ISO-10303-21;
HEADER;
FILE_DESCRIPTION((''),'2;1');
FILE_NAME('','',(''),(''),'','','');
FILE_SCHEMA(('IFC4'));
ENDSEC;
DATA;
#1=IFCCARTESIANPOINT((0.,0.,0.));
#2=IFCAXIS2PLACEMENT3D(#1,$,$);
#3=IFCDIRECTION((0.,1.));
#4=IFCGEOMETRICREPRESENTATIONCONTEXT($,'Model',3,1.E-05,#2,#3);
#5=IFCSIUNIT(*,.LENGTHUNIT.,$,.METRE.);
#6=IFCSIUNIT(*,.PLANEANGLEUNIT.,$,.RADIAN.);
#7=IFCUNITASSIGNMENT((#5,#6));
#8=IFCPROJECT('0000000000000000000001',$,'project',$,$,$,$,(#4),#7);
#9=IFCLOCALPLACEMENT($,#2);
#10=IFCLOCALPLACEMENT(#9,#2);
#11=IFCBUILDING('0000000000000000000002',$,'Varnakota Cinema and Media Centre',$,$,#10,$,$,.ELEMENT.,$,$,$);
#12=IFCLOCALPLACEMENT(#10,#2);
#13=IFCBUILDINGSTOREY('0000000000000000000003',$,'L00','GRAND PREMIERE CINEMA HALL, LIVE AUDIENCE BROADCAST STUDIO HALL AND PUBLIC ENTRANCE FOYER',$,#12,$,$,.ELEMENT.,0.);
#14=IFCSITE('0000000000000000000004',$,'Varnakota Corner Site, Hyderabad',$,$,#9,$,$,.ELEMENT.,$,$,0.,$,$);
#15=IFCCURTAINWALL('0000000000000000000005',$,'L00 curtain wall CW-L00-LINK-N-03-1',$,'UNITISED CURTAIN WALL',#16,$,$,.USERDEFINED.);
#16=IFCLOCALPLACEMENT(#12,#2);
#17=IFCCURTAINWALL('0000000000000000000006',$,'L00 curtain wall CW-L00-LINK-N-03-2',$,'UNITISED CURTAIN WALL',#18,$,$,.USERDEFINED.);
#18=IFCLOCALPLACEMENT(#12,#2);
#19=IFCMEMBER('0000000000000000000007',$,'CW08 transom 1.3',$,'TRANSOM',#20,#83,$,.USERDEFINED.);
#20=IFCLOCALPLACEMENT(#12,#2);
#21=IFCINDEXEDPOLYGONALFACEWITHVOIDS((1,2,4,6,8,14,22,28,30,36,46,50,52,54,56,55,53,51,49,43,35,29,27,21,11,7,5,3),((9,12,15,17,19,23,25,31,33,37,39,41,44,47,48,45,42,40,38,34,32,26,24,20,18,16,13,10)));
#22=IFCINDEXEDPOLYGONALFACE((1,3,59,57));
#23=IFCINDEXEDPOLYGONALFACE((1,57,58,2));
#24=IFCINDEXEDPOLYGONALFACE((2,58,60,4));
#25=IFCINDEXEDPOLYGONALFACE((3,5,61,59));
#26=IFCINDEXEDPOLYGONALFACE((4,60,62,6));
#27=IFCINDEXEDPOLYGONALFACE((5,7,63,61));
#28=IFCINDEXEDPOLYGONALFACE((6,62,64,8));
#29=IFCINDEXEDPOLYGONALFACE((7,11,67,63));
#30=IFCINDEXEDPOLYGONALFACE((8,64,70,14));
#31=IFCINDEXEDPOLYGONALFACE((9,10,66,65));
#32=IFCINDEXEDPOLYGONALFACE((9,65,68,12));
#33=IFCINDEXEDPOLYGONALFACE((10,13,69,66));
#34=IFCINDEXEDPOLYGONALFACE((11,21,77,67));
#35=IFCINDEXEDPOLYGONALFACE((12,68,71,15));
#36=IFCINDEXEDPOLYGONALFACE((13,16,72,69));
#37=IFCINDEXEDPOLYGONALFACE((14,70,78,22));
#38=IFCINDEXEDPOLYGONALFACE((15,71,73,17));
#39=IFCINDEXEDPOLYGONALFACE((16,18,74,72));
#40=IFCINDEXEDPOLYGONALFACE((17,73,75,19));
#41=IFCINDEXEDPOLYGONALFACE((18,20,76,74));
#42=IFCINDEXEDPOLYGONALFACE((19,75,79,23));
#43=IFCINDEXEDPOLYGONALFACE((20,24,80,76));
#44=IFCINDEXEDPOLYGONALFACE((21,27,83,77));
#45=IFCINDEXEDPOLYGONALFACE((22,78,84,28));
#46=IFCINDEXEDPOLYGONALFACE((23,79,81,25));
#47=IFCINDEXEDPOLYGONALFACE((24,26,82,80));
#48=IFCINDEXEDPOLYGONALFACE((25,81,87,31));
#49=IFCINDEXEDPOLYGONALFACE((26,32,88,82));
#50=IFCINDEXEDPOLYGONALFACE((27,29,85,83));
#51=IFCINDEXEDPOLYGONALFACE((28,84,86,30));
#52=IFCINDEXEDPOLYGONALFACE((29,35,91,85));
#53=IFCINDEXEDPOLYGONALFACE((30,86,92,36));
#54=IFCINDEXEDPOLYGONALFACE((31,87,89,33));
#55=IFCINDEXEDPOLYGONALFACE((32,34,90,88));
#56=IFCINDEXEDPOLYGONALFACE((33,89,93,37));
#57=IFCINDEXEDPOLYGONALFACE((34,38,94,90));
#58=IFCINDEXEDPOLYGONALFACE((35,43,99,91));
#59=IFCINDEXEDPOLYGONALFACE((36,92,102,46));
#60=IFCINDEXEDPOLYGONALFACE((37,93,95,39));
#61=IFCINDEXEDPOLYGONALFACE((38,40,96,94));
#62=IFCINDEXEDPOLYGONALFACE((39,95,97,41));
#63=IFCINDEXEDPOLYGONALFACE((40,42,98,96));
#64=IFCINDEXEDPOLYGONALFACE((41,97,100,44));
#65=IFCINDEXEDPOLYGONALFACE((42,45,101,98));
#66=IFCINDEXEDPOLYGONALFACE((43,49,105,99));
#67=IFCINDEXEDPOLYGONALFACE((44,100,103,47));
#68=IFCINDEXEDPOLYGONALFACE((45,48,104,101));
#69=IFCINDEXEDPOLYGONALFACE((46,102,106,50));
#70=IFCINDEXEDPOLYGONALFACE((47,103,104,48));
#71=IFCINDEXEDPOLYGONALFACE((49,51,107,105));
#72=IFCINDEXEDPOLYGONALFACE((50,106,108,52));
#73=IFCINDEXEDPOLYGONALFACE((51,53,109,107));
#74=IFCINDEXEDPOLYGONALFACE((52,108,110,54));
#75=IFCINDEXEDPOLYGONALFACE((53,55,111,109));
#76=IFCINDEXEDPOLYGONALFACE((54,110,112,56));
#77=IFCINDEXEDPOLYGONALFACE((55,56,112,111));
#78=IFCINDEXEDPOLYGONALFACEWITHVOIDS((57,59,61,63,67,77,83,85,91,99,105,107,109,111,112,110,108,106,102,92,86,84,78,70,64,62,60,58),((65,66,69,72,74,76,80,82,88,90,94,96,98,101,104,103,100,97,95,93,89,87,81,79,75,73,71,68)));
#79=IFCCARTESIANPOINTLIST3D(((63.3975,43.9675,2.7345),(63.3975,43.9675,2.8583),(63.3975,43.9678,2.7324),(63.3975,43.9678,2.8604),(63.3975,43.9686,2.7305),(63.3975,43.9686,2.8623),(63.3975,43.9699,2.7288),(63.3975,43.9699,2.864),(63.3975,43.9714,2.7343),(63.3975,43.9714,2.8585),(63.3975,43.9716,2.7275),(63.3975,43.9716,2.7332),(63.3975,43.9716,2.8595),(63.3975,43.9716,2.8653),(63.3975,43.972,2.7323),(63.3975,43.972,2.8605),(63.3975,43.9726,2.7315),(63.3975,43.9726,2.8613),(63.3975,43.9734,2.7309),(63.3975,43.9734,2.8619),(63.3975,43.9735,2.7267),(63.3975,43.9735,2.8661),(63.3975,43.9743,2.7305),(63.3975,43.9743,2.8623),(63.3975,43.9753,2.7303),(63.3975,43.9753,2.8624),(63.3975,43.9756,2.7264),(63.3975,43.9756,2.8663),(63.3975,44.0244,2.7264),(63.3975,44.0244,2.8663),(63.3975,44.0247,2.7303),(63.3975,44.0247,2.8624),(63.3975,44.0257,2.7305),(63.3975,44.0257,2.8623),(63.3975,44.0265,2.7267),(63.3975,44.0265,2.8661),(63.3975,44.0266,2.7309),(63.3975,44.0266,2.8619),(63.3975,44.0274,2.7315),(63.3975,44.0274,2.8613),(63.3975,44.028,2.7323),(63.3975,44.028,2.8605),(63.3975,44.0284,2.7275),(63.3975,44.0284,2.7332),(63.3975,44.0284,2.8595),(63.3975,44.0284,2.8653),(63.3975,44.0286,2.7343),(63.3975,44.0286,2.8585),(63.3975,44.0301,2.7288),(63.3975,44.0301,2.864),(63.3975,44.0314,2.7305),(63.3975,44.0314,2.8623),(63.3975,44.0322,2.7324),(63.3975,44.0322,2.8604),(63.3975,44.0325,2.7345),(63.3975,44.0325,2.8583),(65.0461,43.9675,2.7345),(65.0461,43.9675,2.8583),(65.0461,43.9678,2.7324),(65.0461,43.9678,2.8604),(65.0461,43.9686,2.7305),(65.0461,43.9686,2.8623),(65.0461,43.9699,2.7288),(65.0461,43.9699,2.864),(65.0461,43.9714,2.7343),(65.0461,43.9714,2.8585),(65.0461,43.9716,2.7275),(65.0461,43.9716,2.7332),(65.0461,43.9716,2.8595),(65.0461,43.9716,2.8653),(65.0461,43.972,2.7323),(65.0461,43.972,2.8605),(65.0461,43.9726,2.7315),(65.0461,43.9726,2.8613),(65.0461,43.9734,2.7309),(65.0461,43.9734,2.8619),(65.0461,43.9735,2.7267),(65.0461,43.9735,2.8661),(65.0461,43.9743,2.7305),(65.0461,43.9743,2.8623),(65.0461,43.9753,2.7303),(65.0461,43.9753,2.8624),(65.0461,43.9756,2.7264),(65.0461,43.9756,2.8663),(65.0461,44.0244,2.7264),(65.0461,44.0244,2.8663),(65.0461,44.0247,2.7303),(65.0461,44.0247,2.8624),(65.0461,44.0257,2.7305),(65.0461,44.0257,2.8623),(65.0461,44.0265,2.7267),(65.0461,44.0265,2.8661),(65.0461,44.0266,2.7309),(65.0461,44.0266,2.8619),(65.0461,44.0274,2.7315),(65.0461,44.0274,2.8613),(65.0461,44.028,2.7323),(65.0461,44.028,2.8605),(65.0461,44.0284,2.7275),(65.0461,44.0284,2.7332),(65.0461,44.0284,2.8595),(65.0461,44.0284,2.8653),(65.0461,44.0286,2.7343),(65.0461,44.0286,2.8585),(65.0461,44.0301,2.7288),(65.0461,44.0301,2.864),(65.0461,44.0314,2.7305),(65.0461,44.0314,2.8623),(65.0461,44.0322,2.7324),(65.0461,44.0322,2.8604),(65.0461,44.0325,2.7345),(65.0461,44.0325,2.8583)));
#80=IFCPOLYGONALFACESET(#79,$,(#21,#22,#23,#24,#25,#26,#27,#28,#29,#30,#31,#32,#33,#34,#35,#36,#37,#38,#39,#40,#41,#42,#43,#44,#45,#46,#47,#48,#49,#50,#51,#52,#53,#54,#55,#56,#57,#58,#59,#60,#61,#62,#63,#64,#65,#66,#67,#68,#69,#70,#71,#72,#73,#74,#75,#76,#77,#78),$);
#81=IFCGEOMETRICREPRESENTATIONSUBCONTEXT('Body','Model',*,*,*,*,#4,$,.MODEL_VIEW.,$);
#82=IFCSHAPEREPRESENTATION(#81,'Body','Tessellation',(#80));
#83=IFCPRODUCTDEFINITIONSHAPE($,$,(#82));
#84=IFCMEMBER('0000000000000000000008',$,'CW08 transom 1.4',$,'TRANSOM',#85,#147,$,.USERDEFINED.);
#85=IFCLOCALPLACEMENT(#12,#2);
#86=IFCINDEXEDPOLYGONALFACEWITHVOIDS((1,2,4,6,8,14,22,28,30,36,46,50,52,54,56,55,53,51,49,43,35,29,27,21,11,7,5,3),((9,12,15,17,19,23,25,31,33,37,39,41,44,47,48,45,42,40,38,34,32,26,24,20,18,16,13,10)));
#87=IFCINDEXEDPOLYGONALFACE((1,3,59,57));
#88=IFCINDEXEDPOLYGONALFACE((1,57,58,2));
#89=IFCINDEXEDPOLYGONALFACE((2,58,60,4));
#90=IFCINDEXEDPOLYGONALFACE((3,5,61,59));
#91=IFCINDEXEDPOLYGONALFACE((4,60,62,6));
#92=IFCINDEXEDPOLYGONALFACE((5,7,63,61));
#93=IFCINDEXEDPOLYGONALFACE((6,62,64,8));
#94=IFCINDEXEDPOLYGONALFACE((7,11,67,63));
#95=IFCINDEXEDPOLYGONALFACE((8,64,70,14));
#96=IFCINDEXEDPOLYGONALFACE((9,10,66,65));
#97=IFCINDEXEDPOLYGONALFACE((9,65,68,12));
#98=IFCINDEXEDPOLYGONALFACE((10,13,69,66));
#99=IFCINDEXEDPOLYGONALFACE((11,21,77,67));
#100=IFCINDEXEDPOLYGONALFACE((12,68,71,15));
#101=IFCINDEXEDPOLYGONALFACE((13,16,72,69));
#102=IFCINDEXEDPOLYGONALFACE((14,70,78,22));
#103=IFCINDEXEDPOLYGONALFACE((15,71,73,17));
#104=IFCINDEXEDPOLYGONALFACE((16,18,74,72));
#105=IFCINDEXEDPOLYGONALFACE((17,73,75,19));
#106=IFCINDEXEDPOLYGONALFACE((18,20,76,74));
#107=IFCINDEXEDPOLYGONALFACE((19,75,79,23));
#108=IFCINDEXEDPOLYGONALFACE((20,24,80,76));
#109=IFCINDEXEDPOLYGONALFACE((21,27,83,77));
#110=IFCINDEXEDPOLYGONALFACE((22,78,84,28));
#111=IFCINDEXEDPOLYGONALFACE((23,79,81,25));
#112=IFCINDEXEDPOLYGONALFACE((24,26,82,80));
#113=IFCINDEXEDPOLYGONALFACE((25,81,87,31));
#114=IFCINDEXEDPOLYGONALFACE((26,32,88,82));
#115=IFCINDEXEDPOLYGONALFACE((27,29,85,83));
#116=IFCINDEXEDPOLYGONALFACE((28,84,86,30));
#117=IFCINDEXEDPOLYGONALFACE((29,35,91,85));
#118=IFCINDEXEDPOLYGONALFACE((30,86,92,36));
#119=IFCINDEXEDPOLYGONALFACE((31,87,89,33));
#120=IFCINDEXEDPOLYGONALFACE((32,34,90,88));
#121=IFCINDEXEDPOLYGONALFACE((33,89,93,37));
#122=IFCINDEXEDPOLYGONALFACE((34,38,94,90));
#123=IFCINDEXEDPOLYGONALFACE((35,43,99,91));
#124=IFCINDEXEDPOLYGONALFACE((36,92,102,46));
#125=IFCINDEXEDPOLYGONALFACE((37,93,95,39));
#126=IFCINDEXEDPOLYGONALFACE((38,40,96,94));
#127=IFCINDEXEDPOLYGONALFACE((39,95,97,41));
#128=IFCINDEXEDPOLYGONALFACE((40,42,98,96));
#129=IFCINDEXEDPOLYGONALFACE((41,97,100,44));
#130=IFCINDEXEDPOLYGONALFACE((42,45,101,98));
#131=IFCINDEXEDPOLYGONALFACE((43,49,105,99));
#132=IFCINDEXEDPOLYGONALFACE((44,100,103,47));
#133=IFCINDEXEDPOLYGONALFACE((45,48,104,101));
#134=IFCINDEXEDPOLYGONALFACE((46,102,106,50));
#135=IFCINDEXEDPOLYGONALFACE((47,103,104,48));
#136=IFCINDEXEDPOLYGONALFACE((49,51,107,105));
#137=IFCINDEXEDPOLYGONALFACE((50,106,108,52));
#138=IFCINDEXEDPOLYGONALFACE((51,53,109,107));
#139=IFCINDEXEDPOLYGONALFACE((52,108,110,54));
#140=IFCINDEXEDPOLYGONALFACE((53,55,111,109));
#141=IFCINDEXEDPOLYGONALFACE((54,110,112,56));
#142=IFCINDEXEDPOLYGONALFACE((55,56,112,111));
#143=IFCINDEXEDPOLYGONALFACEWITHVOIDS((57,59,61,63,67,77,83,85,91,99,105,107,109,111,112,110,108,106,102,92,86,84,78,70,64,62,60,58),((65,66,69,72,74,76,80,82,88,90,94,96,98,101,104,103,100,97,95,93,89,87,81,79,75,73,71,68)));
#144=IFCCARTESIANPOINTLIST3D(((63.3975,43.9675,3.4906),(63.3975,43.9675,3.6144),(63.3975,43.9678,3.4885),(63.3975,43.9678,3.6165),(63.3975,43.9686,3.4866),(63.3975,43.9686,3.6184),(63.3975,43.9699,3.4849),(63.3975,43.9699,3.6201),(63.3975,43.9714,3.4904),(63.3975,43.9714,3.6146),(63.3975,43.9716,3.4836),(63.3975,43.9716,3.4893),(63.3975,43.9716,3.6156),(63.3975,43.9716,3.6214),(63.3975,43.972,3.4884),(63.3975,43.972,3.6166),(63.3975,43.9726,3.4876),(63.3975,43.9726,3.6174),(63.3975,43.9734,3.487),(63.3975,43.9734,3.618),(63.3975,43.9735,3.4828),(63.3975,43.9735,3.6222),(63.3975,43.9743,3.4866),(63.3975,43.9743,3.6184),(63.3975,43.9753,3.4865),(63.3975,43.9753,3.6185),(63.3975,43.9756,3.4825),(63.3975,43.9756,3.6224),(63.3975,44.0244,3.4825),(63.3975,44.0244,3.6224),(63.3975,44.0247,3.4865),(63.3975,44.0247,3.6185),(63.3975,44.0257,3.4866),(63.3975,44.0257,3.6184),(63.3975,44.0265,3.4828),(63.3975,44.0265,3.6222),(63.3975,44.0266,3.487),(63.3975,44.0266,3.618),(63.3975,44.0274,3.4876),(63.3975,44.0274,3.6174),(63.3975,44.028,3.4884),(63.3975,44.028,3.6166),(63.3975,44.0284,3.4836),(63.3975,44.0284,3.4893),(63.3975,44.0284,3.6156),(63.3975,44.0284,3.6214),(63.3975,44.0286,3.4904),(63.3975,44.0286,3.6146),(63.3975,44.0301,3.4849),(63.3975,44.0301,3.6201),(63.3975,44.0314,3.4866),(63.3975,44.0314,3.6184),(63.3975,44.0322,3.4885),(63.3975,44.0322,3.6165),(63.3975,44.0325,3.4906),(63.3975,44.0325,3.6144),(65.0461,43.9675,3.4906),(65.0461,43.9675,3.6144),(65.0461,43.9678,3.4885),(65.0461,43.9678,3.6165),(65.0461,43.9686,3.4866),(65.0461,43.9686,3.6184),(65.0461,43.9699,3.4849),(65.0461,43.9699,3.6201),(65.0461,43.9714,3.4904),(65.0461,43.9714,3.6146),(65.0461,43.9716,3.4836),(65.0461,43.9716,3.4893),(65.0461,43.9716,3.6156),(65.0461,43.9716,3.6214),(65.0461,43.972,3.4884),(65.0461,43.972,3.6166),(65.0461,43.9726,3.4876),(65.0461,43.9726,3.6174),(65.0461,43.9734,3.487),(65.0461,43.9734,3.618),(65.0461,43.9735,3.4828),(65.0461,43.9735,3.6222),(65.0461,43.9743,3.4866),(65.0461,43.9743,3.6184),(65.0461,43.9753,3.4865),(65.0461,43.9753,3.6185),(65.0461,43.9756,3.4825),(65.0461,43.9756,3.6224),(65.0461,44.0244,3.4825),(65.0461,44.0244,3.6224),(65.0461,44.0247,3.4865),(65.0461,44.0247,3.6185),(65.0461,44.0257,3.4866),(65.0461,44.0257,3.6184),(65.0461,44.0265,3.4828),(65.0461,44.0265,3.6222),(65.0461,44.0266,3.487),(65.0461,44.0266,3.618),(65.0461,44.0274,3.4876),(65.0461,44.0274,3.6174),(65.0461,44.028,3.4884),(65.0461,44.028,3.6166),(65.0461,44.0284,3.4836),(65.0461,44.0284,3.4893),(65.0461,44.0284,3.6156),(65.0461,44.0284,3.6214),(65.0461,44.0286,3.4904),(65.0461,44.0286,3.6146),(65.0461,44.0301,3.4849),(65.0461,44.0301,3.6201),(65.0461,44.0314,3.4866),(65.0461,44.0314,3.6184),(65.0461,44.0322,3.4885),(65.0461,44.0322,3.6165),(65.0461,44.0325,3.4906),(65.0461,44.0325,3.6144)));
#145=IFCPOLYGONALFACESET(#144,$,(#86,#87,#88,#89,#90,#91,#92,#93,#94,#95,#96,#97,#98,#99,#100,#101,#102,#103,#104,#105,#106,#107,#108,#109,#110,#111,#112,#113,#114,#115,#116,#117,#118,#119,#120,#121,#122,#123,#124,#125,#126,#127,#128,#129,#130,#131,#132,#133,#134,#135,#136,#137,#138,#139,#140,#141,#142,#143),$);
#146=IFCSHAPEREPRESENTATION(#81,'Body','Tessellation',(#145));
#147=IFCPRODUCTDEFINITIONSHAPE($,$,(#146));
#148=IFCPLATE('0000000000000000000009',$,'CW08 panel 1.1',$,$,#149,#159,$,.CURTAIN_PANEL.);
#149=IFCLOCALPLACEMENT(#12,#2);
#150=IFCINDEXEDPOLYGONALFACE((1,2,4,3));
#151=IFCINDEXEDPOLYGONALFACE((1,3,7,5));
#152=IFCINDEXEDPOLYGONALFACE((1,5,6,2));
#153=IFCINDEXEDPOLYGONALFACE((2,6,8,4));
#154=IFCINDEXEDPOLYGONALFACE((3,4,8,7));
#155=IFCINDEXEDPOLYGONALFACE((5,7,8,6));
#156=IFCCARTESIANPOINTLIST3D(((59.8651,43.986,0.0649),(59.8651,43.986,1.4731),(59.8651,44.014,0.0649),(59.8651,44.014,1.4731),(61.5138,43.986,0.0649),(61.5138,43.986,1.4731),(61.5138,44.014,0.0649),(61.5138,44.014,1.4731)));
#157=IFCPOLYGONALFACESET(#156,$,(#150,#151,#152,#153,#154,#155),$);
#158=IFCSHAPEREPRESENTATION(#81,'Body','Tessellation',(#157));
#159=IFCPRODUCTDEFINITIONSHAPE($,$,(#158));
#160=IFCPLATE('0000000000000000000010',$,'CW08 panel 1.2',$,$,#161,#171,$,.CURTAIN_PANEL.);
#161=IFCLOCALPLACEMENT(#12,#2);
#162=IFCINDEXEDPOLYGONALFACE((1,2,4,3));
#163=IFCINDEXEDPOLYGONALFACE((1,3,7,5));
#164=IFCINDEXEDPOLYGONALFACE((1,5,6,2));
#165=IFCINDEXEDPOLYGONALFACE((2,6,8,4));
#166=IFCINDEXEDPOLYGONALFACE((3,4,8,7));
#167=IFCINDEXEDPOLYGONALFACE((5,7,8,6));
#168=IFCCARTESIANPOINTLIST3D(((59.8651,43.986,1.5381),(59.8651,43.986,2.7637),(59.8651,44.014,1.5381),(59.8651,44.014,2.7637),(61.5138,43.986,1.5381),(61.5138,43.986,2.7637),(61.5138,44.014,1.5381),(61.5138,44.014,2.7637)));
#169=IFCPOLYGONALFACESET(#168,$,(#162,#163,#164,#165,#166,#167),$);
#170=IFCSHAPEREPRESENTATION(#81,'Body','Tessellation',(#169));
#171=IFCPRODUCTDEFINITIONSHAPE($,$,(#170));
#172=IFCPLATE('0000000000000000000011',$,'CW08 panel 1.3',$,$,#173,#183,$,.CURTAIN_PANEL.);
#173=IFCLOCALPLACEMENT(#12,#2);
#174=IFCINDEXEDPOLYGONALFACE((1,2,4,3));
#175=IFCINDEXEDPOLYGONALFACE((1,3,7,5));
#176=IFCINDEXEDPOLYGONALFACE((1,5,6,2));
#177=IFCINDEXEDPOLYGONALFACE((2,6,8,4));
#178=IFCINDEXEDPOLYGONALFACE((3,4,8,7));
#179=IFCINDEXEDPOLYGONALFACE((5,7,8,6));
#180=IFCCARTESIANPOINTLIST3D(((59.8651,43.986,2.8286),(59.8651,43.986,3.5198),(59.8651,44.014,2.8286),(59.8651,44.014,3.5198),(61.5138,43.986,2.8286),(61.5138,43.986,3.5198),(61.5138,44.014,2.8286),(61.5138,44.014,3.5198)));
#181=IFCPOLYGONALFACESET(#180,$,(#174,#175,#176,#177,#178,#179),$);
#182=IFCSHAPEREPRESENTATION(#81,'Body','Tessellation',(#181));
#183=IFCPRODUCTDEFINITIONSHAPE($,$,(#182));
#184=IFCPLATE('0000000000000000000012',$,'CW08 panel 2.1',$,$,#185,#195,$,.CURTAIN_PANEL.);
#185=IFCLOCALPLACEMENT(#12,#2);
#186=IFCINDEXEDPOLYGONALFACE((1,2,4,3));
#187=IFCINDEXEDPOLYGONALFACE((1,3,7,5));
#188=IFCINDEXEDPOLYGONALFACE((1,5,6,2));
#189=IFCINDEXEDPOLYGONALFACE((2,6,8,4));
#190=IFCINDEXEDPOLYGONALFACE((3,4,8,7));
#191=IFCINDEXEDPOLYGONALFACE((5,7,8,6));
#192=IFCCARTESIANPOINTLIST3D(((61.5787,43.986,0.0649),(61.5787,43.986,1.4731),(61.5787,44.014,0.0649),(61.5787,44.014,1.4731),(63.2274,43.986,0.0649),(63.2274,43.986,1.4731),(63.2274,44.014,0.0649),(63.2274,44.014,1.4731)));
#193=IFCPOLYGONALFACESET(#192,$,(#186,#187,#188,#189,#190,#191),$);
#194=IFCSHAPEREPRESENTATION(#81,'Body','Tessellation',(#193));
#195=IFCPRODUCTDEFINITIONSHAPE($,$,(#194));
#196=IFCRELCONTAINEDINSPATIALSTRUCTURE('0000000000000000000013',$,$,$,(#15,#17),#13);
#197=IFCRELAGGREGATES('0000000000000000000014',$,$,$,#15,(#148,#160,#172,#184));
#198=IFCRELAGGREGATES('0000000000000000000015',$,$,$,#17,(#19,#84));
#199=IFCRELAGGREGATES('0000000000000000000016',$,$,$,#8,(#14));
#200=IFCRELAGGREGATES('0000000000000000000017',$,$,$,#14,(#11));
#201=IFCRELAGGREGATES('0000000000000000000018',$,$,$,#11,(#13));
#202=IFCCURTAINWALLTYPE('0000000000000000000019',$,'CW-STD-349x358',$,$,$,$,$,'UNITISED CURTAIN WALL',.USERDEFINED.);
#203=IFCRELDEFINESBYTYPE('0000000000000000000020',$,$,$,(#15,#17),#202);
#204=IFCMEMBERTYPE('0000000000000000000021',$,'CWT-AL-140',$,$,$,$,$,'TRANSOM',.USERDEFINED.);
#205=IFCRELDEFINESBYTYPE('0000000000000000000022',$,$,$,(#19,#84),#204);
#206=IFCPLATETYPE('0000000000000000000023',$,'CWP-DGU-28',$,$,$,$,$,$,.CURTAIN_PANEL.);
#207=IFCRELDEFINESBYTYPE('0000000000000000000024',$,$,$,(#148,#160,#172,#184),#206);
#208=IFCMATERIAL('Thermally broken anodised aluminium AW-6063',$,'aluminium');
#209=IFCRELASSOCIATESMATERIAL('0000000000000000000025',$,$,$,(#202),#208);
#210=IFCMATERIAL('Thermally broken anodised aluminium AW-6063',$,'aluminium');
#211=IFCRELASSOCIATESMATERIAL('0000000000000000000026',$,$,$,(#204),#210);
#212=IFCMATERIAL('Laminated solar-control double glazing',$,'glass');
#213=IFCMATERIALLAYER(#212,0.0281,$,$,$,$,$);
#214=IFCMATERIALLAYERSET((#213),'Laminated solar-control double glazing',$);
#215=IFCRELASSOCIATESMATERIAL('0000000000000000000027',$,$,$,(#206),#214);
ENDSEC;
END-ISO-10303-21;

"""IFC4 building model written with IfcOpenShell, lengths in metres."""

from ifc_helpers import new_model, si_unit, direction, frame, origin, origin_2d, place, context, subcontext, project, spatial, rectangle, hollow_rectangle, extrude, material, layer, layer_set, material_profile, profile_set, type_object, element, aggregate, save


model = new_model("IFC4")

# Units and contexts
model_context = context("Model", 3, precision=1e-05, world=origin(), true_north=direction((0.0, 1.0)))
body_context = subcontext(model_context, "Body", "Model", "MODEL_VIEW")
ifc_project = project(units=[si_unit("LENGTHUNIT", "METRE"), si_unit("PLANEANGLEUNIT", "RADIAN")], contexts=[model_context])

# Site, building, storey
site_placement = place(None, origin())
site = spatial("IfcSite", under=ifc_project, at=site_placement, Name="Varnakota Corner Site, Hyderabad", CompositionType="ELEMENT", RefElevation=0.0)
building_placement = place(site_placement, origin())
building = spatial("IfcBuilding", under=site, at=building_placement, Name="Varnakota Cinema and Media Centre", CompositionType="ELEMENT")
storey_placement = place(building_placement, origin())
storey = spatial("IfcBuildingStorey", under=building, at=storey_placement, Name="L00", Description="GRAND PREMIERE CINEMA HALL, LIVE AUDIENCE BROADCAST STUDIO HALL AND PUBLIC ENTRANCE FOYER", CompositionType="ELEMENT", Elevation=0.0)

# Shared definitions
ifc_material_1 = material(Name="Thermally broken anodised aluminium AW-6063", Category="aluminium")
curtain_wall_type = type_object("IfcCurtainWallType", Name="CW-STD-349x358", ElementType="UNITISED CURTAIN WALL", PredefinedType="USERDEFINED", material=ifc_material_1)

# Curtain wall
curtain_wall_1_placement = place(storey_placement, origin())
curtain_wall_1 = element("IfcCurtainWall", 1, at=curtain_wall_1_placement, inside=storey, type_object=curtain_wall_type, Name="L00 curtain wall CW-L00-LINK-N-03-1", ObjectType="UNITISED CURTAIN WALL", PredefinedType="USERDEFINED")

# Curtain wall
curtain_wall_2_placement = place(storey_placement, origin())
curtain_wall_2 = element("IfcCurtainWall", 2, at=curtain_wall_2_placement, inside=storey, type_object=curtain_wall_type, Name="L00 curtain wall CW-L00-LINK-N-03-2", ObjectType="UNITISED CURTAIN WALL", PredefinedType="USERDEFINED")

# Members
ifc_material_2 = material(Name="Thermally broken anodised aluminium AW-6063", Category="aluminium")
ifc_material_profile_1 = material_profile(ifc_material_2, hollow_rectangle(XDim=0.0649, YDim=0.1399, WallThickness=0.0039, InnerFilletRadius=0.0039, OuterFilletRadius=0.0081, at=origin_2d()), Name="AL-TRANSOM 140x65x4")
ifc_profile_set_1 = profile_set([ifc_material_profile_1], Name="Thermally broken anodised aluminium AW-6063")
member_type_1 = type_object("IfcMemberType", Name="CWT-AL-140", ElementType="TRANSOM", PredefinedType="USERDEFINED", material=ifc_profile_set_1)
member_1_placement = place(storey_placement, frame((63.3975, 44.0, 2.7964), z_axis=(1.0, 0.0, 0.0), x_axis=(0.0, 1.0, 0.0)))
member_1 = element("IfcMember", 3, at=member_1_placement, type_object=member_type_1, Name="CW08 transom 1.3", ObjectType="TRANSOM", PredefinedType="USERDEFINED", context=body_context, shape_type="SweptSolid", body=[
    extrude(hollow_rectangle(XDim=0.0649, YDim=0.1399, WallThickness=0.0039, InnerFilletRadius=0.0039, OuterFilletRadius=0.0081, at=origin_2d()), origin(), (0.0, 0.0, 1.0), 1.6487),
])
member_2_placement = place(storey_placement, frame((63.3975, 44.0, 3.5525), z_axis=(1.0, 0.0, 0.0), x_axis=(0.0, 1.0, 0.0)))
member_2 = element("IfcMember", 4, at=member_2_placement, type_object=member_type_1, Name="CW08 transom 1.4", ObjectType="TRANSOM", PredefinedType="USERDEFINED", context=body_context, shape_type="SweptSolid", body=[
    extrude(hollow_rectangle(XDim=0.0649, YDim=0.1399, WallThickness=0.0039, InnerFilletRadius=0.0039, OuterFilletRadius=0.0081, at=origin_2d()), origin(), (0.0, 0.0, 1.0), 1.6487),
])

# Plates
ifc_material_3 = material(Name="Laminated solar-control double glazing", Category="glass")
ifc_layer = layer(ifc_material_3, 0.0281)
ifc_layer_set = layer_set([ifc_layer], Name="Laminated solar-control double glazing")
plate_type = type_object("IfcPlateType", Name="CWP-DGU-28", PredefinedType="CURTAIN_PANEL", material=ifc_layer_set)
plate_1_placement = place(storey_placement, frame((60.6895, 44.0, 0.0649), z_axis=(0.0, 0.0, 1.0), x_axis=(1.0, 0.0, 0.0)))
plate_1 = element("IfcPlate", 5, at=plate_1_placement, type_object=plate_type, Name="CW08 panel 1.1", PredefinedType="CURTAIN_PANEL", context=body_context, shape_type="SweptSolid", body=[
    extrude(rectangle(XDim=1.6487, YDim=0.0281, at=origin_2d()), origin(), (0.0, 0.0, 1.0), 1.4082),
])
plate_2_placement = place(storey_placement, frame((60.6895, 44.0, 1.5381), z_axis=(0.0, 0.0, 1.0), x_axis=(1.0, 0.0, 0.0)))
plate_2 = element("IfcPlate", 6, at=plate_2_placement, type_object=plate_type, Name="CW08 panel 1.2", PredefinedType="CURTAIN_PANEL", context=body_context, shape_type="SweptSolid", body=[
    extrude(rectangle(XDim=1.6487, YDim=0.0281, at=origin_2d()), origin(), (0.0, 0.0, 1.0), 1.2256),
])
plate_3_placement = place(storey_placement, frame((60.6895, 44.0, 2.8286), z_axis=(0.0, 0.0, 1.0), x_axis=(1.0, 0.0, 0.0)))
plate_3 = element("IfcPlate", 7, at=plate_3_placement, type_object=plate_type, Name="CW08 panel 1.3", PredefinedType="CURTAIN_PANEL", context=body_context, shape_type="SweptSolid", body=[
    extrude(rectangle(XDim=1.6487, YDim=0.0281, at=origin_2d()), origin(), (0.0, 0.0, 1.0), 0.6912),
])
plate_4_placement = place(storey_placement, frame((62.4031, 44.0, 0.0649), z_axis=(0.0, 0.0, 1.0), x_axis=(1.0, 0.0, 0.0)))
plate_4 = element("IfcPlate", 8, at=plate_4_placement, type_object=plate_type, Name="CW08 panel 2.1", PredefinedType="CURTAIN_PANEL", context=body_context, shape_type="SweptSolid", body=[
    extrude(rectangle(XDim=1.6487, YDim=0.0281, at=origin_2d()), origin(), (0.0, 0.0, 1.0), 1.4082),
])
aggregate(curtain_wall_1, [plate_1, plate_2, plate_3, plate_4])
aggregate(curtain_wall_2, [member_1, member_2])

save(model, "model.ifc")
